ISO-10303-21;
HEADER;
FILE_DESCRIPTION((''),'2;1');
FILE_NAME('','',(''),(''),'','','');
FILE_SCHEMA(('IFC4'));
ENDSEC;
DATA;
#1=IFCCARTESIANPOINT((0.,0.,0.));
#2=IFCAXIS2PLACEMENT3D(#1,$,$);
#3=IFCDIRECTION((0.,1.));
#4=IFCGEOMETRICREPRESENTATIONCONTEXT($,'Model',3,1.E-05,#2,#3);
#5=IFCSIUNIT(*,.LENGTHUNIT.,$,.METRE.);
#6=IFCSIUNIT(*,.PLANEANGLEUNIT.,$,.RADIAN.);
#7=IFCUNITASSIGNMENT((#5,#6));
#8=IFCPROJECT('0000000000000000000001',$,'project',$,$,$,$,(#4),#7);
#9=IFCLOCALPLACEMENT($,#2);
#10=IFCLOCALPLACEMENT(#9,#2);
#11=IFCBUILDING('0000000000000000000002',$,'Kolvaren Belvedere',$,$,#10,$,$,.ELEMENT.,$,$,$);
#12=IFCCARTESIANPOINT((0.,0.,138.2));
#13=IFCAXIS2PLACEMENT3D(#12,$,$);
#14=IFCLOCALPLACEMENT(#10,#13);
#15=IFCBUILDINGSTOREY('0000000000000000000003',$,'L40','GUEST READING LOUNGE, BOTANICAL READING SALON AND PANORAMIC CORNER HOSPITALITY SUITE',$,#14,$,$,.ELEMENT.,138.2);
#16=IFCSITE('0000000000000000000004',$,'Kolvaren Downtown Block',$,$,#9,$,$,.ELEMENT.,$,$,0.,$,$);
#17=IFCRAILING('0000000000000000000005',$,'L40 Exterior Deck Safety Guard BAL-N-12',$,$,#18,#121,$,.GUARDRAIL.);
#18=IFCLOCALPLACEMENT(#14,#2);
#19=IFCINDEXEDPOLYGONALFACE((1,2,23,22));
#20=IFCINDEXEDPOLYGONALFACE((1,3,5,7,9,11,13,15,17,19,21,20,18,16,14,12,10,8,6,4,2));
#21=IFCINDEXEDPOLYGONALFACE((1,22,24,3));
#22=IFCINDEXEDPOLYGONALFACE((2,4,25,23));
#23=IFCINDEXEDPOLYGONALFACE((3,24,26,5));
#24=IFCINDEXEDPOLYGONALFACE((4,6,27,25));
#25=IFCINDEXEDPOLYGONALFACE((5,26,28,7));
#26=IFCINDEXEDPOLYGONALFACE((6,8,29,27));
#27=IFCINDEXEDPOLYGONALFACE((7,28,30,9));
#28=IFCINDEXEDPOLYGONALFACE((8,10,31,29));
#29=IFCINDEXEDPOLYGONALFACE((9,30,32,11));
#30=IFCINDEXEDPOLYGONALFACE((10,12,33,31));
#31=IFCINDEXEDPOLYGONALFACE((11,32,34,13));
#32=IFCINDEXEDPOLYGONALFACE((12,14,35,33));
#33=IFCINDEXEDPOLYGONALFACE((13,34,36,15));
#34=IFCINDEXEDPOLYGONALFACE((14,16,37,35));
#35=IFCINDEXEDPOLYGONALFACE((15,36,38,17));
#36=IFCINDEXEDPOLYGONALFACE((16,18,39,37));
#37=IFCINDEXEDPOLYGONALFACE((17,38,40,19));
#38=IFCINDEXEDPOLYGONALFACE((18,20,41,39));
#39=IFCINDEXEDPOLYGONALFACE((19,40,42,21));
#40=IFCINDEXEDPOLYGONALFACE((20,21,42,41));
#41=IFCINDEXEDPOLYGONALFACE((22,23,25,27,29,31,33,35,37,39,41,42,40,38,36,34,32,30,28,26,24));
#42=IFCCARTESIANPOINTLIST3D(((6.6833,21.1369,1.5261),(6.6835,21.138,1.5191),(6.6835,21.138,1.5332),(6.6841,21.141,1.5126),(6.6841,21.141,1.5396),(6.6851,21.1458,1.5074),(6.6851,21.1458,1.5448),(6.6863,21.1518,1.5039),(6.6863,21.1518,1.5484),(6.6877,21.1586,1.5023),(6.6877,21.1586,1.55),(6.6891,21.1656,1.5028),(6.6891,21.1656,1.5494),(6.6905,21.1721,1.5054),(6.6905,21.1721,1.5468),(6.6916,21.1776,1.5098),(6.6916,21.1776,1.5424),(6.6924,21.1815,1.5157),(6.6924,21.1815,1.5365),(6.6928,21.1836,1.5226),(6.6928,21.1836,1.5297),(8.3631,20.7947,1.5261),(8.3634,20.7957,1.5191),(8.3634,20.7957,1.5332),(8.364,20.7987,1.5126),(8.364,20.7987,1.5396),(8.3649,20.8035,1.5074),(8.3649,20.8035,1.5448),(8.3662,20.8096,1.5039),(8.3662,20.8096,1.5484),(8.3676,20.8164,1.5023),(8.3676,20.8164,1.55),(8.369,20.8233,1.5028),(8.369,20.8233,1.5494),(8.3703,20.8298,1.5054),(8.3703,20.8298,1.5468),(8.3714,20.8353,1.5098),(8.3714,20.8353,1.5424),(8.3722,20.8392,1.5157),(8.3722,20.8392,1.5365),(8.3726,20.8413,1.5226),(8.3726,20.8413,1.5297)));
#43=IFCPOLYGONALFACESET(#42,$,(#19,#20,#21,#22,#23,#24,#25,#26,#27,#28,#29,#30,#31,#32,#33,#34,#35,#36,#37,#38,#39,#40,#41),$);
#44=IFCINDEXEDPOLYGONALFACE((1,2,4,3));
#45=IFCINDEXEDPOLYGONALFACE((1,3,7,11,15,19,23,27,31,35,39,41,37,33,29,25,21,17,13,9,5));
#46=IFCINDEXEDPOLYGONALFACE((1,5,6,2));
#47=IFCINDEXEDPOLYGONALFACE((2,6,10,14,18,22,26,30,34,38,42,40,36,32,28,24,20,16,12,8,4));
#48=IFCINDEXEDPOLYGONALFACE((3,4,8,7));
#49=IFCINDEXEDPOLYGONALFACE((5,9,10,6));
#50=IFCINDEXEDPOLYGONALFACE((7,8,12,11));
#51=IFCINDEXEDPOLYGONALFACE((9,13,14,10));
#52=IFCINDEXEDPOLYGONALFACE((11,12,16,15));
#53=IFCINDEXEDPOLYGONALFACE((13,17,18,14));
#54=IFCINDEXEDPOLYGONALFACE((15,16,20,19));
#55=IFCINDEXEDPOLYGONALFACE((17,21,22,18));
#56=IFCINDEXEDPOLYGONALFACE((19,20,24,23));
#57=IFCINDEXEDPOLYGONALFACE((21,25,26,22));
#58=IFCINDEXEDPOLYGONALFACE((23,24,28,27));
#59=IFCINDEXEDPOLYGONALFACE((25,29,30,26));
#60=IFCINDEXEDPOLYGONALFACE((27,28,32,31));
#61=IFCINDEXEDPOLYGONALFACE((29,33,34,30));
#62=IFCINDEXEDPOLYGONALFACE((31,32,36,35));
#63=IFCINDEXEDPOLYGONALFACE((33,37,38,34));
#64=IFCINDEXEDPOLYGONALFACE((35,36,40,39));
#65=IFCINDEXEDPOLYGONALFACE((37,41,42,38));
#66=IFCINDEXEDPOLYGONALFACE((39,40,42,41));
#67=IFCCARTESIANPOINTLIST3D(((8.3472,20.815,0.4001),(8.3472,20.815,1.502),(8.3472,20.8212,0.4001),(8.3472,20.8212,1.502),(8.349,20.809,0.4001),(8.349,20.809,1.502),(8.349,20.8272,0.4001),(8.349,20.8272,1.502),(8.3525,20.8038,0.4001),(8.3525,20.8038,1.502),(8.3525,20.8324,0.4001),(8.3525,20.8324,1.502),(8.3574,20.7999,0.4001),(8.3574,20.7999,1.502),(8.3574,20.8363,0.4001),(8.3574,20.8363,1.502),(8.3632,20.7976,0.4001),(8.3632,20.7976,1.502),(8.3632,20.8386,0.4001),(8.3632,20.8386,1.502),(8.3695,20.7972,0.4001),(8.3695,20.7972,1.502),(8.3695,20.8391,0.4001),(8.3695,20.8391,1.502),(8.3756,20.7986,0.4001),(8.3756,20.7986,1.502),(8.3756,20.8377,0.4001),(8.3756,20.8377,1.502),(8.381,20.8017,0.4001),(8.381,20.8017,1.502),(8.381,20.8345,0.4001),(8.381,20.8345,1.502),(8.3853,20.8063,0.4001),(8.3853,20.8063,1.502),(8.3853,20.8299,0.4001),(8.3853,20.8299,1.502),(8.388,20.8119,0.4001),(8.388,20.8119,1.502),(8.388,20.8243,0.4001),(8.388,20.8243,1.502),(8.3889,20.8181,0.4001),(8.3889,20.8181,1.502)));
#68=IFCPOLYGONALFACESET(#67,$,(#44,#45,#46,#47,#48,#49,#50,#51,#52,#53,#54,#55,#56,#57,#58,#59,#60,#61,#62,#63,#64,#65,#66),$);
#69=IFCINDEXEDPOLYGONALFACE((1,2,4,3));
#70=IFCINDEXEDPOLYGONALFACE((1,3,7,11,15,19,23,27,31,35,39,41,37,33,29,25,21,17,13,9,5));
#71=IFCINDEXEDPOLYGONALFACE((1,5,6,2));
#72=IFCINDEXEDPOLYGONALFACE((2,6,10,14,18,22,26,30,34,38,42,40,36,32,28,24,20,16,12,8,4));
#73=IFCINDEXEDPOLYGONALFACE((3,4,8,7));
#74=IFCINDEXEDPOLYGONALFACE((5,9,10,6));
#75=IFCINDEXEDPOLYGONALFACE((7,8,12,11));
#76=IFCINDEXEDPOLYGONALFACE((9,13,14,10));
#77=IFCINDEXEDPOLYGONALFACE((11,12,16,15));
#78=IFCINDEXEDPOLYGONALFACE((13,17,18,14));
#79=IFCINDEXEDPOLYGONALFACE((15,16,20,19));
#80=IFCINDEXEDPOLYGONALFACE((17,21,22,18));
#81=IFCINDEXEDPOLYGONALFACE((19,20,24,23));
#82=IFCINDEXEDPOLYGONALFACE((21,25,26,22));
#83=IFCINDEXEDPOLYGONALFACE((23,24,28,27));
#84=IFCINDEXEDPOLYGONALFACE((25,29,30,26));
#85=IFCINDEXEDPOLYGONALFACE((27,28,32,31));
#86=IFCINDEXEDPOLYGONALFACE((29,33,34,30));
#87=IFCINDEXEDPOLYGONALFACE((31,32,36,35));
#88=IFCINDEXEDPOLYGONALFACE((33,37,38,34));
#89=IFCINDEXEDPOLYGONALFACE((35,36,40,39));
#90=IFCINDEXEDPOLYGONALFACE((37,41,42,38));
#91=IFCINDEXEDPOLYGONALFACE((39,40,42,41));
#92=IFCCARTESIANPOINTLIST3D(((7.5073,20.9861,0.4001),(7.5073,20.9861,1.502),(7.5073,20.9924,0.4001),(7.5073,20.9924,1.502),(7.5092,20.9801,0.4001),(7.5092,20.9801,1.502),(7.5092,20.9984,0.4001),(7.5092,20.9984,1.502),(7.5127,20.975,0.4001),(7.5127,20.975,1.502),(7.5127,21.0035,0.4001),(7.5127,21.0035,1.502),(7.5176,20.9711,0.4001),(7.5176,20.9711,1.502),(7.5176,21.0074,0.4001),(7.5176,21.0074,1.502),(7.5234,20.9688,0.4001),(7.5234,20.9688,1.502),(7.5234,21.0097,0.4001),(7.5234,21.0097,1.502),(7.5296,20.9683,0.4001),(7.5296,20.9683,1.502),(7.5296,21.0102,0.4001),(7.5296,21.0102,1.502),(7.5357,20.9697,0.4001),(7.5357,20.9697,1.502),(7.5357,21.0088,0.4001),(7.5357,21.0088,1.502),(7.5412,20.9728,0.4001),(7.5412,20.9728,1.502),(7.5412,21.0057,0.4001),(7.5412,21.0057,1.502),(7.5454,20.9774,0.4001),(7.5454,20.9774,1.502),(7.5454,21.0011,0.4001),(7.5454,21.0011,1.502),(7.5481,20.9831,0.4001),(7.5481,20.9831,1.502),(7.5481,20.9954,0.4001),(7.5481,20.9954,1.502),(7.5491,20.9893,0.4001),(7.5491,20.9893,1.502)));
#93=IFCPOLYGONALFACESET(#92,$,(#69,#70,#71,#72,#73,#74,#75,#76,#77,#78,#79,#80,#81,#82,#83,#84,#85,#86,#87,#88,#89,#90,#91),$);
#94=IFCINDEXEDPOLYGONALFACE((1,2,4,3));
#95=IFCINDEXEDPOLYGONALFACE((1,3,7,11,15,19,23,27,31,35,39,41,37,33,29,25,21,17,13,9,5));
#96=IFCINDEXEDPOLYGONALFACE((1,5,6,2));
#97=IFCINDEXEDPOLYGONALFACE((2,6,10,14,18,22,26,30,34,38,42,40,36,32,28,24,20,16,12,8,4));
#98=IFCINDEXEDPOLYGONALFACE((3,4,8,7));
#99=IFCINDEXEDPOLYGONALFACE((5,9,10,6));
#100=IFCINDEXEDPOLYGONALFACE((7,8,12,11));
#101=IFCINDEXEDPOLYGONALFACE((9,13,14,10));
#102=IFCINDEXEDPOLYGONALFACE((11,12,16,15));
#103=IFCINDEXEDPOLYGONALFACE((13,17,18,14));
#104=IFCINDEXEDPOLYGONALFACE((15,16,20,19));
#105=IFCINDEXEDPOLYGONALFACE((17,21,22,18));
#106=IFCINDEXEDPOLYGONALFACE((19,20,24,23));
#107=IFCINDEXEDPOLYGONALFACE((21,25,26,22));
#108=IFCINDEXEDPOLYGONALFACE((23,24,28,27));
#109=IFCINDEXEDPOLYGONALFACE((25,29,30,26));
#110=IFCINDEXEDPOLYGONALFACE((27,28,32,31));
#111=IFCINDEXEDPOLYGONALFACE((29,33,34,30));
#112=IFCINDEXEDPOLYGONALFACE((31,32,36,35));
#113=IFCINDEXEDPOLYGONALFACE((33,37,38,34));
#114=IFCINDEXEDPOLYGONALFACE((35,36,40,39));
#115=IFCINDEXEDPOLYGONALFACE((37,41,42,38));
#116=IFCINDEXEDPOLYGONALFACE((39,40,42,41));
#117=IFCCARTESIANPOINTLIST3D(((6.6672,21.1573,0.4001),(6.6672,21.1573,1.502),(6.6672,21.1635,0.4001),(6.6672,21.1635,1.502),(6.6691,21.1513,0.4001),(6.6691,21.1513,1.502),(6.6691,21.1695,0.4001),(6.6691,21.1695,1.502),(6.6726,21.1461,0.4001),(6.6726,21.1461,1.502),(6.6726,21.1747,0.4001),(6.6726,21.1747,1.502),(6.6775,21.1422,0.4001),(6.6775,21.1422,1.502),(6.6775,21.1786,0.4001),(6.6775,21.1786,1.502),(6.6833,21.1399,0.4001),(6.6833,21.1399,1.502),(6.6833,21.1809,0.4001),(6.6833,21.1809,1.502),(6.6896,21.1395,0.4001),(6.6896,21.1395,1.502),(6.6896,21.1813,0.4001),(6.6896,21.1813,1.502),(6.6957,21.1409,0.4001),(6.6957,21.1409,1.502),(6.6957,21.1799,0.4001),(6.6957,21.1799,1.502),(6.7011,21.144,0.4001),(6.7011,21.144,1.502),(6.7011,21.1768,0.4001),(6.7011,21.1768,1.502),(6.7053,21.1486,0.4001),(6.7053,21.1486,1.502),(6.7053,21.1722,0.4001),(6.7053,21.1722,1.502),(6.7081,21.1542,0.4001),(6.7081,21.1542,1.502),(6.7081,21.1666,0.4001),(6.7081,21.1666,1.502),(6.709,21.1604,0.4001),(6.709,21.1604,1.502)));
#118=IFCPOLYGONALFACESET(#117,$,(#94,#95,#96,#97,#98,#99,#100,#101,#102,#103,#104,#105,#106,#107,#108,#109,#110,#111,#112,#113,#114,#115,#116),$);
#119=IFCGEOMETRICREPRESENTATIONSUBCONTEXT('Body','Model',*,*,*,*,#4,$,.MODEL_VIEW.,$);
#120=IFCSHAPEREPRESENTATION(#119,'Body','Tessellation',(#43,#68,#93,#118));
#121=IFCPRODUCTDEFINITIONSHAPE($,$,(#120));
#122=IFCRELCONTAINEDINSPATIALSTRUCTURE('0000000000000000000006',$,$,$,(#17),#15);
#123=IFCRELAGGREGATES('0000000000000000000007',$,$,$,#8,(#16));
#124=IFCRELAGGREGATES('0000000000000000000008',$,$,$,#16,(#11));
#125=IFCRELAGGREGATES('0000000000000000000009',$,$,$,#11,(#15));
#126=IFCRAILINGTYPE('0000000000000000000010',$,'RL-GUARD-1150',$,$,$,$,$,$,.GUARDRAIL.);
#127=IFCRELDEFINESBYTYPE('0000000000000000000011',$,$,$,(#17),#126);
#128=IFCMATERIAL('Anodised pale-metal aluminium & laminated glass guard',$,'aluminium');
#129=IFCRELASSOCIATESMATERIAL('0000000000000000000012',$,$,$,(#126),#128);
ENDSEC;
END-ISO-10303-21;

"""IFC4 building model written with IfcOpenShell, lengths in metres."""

from ifc_helpers import new_model, si_unit, direction, frame, origin, origin_2d, place, context, subcontext, project, spatial, circle, extrude, material, type_object, element, save


model = new_model("IFC4")

# Units and contexts
model_context = context("Model", 3, precision=1e-05, world=origin(), true_north=direction((0.0, 1.0)))
body_context = subcontext(model_context, "Body", "Model", "MODEL_VIEW")
ifc_project = project(units=[si_unit("LENGTHUNIT", "METRE"), si_unit("PLANEANGLEUNIT", "RADIAN")], contexts=[model_context])

# Site, building, storey
site_placement = place(None, origin())
site = spatial("IfcSite", under=ifc_project, at=site_placement, Name="Kolvaren Downtown Block", CompositionType="ELEMENT", RefElevation=0.0)
building_placement = place(site_placement, origin())
building = spatial("IfcBuilding", under=site, at=building_placement, Name="Kolvaren Belvedere", CompositionType="ELEMENT")
storey_placement = place(building_placement, frame((0.0, 0.0, 138.2)))
storey = spatial("IfcBuildingStorey", under=building, at=storey_placement, Name="L40", Description="GUEST READING LOUNGE, BOTANICAL READING SALON AND PANORAMIC CORNER HOSPITALITY SUITE", CompositionType="ELEMENT", Elevation=138.2)

# Railing
ifc_material_1 = material(Name="Anodised pale-metal aluminium & laminated glass guard", Category="aluminium")
railing_type = type_object("IfcRailingType", Name="RL-GUARD-1150", PredefinedType="GUARDRAIL", material=ifc_material_1)
railing_1_placement = place(storey_placement, frame((8.3679, 20.8181, 0.4001)))
element("IfcRailing", 1, at=railing_1_placement, inside=storey, type_object=railing_type, Name="L40 Exterior Deck Safety Guard BAL-N-12", PredefinedType="GUARDRAIL", context=body_context, shape_type="SweptSolid", body=[
    extrude(circle(Radius=0.0239, at=origin_2d()), frame((0.0, 0.0, 1.126), z_axis=(-0.979868, 0.199648, 0.0), x_axis=(-0.199648, -0.979868, 0.0)), (0.0, 0.0, 1.0), 1.7144),
    extrude(circle(Radius=0.021, at=origin_2d()), origin(), (0.0, 0.0, 1.0), 1.1018),
    extrude(circle(Radius=0.021, at=origin_2d()), frame((-0.8398, 0.1711, 0.0)), (0.0, 0.0, 1.0), 1.1018),
    extrude(circle(Radius=0.021, at=origin_2d()), frame((-1.6799, 0.3423, 0.0)), (0.0, 0.0, 1.0), 1.1018),
])

save(model, "model.ifc")
